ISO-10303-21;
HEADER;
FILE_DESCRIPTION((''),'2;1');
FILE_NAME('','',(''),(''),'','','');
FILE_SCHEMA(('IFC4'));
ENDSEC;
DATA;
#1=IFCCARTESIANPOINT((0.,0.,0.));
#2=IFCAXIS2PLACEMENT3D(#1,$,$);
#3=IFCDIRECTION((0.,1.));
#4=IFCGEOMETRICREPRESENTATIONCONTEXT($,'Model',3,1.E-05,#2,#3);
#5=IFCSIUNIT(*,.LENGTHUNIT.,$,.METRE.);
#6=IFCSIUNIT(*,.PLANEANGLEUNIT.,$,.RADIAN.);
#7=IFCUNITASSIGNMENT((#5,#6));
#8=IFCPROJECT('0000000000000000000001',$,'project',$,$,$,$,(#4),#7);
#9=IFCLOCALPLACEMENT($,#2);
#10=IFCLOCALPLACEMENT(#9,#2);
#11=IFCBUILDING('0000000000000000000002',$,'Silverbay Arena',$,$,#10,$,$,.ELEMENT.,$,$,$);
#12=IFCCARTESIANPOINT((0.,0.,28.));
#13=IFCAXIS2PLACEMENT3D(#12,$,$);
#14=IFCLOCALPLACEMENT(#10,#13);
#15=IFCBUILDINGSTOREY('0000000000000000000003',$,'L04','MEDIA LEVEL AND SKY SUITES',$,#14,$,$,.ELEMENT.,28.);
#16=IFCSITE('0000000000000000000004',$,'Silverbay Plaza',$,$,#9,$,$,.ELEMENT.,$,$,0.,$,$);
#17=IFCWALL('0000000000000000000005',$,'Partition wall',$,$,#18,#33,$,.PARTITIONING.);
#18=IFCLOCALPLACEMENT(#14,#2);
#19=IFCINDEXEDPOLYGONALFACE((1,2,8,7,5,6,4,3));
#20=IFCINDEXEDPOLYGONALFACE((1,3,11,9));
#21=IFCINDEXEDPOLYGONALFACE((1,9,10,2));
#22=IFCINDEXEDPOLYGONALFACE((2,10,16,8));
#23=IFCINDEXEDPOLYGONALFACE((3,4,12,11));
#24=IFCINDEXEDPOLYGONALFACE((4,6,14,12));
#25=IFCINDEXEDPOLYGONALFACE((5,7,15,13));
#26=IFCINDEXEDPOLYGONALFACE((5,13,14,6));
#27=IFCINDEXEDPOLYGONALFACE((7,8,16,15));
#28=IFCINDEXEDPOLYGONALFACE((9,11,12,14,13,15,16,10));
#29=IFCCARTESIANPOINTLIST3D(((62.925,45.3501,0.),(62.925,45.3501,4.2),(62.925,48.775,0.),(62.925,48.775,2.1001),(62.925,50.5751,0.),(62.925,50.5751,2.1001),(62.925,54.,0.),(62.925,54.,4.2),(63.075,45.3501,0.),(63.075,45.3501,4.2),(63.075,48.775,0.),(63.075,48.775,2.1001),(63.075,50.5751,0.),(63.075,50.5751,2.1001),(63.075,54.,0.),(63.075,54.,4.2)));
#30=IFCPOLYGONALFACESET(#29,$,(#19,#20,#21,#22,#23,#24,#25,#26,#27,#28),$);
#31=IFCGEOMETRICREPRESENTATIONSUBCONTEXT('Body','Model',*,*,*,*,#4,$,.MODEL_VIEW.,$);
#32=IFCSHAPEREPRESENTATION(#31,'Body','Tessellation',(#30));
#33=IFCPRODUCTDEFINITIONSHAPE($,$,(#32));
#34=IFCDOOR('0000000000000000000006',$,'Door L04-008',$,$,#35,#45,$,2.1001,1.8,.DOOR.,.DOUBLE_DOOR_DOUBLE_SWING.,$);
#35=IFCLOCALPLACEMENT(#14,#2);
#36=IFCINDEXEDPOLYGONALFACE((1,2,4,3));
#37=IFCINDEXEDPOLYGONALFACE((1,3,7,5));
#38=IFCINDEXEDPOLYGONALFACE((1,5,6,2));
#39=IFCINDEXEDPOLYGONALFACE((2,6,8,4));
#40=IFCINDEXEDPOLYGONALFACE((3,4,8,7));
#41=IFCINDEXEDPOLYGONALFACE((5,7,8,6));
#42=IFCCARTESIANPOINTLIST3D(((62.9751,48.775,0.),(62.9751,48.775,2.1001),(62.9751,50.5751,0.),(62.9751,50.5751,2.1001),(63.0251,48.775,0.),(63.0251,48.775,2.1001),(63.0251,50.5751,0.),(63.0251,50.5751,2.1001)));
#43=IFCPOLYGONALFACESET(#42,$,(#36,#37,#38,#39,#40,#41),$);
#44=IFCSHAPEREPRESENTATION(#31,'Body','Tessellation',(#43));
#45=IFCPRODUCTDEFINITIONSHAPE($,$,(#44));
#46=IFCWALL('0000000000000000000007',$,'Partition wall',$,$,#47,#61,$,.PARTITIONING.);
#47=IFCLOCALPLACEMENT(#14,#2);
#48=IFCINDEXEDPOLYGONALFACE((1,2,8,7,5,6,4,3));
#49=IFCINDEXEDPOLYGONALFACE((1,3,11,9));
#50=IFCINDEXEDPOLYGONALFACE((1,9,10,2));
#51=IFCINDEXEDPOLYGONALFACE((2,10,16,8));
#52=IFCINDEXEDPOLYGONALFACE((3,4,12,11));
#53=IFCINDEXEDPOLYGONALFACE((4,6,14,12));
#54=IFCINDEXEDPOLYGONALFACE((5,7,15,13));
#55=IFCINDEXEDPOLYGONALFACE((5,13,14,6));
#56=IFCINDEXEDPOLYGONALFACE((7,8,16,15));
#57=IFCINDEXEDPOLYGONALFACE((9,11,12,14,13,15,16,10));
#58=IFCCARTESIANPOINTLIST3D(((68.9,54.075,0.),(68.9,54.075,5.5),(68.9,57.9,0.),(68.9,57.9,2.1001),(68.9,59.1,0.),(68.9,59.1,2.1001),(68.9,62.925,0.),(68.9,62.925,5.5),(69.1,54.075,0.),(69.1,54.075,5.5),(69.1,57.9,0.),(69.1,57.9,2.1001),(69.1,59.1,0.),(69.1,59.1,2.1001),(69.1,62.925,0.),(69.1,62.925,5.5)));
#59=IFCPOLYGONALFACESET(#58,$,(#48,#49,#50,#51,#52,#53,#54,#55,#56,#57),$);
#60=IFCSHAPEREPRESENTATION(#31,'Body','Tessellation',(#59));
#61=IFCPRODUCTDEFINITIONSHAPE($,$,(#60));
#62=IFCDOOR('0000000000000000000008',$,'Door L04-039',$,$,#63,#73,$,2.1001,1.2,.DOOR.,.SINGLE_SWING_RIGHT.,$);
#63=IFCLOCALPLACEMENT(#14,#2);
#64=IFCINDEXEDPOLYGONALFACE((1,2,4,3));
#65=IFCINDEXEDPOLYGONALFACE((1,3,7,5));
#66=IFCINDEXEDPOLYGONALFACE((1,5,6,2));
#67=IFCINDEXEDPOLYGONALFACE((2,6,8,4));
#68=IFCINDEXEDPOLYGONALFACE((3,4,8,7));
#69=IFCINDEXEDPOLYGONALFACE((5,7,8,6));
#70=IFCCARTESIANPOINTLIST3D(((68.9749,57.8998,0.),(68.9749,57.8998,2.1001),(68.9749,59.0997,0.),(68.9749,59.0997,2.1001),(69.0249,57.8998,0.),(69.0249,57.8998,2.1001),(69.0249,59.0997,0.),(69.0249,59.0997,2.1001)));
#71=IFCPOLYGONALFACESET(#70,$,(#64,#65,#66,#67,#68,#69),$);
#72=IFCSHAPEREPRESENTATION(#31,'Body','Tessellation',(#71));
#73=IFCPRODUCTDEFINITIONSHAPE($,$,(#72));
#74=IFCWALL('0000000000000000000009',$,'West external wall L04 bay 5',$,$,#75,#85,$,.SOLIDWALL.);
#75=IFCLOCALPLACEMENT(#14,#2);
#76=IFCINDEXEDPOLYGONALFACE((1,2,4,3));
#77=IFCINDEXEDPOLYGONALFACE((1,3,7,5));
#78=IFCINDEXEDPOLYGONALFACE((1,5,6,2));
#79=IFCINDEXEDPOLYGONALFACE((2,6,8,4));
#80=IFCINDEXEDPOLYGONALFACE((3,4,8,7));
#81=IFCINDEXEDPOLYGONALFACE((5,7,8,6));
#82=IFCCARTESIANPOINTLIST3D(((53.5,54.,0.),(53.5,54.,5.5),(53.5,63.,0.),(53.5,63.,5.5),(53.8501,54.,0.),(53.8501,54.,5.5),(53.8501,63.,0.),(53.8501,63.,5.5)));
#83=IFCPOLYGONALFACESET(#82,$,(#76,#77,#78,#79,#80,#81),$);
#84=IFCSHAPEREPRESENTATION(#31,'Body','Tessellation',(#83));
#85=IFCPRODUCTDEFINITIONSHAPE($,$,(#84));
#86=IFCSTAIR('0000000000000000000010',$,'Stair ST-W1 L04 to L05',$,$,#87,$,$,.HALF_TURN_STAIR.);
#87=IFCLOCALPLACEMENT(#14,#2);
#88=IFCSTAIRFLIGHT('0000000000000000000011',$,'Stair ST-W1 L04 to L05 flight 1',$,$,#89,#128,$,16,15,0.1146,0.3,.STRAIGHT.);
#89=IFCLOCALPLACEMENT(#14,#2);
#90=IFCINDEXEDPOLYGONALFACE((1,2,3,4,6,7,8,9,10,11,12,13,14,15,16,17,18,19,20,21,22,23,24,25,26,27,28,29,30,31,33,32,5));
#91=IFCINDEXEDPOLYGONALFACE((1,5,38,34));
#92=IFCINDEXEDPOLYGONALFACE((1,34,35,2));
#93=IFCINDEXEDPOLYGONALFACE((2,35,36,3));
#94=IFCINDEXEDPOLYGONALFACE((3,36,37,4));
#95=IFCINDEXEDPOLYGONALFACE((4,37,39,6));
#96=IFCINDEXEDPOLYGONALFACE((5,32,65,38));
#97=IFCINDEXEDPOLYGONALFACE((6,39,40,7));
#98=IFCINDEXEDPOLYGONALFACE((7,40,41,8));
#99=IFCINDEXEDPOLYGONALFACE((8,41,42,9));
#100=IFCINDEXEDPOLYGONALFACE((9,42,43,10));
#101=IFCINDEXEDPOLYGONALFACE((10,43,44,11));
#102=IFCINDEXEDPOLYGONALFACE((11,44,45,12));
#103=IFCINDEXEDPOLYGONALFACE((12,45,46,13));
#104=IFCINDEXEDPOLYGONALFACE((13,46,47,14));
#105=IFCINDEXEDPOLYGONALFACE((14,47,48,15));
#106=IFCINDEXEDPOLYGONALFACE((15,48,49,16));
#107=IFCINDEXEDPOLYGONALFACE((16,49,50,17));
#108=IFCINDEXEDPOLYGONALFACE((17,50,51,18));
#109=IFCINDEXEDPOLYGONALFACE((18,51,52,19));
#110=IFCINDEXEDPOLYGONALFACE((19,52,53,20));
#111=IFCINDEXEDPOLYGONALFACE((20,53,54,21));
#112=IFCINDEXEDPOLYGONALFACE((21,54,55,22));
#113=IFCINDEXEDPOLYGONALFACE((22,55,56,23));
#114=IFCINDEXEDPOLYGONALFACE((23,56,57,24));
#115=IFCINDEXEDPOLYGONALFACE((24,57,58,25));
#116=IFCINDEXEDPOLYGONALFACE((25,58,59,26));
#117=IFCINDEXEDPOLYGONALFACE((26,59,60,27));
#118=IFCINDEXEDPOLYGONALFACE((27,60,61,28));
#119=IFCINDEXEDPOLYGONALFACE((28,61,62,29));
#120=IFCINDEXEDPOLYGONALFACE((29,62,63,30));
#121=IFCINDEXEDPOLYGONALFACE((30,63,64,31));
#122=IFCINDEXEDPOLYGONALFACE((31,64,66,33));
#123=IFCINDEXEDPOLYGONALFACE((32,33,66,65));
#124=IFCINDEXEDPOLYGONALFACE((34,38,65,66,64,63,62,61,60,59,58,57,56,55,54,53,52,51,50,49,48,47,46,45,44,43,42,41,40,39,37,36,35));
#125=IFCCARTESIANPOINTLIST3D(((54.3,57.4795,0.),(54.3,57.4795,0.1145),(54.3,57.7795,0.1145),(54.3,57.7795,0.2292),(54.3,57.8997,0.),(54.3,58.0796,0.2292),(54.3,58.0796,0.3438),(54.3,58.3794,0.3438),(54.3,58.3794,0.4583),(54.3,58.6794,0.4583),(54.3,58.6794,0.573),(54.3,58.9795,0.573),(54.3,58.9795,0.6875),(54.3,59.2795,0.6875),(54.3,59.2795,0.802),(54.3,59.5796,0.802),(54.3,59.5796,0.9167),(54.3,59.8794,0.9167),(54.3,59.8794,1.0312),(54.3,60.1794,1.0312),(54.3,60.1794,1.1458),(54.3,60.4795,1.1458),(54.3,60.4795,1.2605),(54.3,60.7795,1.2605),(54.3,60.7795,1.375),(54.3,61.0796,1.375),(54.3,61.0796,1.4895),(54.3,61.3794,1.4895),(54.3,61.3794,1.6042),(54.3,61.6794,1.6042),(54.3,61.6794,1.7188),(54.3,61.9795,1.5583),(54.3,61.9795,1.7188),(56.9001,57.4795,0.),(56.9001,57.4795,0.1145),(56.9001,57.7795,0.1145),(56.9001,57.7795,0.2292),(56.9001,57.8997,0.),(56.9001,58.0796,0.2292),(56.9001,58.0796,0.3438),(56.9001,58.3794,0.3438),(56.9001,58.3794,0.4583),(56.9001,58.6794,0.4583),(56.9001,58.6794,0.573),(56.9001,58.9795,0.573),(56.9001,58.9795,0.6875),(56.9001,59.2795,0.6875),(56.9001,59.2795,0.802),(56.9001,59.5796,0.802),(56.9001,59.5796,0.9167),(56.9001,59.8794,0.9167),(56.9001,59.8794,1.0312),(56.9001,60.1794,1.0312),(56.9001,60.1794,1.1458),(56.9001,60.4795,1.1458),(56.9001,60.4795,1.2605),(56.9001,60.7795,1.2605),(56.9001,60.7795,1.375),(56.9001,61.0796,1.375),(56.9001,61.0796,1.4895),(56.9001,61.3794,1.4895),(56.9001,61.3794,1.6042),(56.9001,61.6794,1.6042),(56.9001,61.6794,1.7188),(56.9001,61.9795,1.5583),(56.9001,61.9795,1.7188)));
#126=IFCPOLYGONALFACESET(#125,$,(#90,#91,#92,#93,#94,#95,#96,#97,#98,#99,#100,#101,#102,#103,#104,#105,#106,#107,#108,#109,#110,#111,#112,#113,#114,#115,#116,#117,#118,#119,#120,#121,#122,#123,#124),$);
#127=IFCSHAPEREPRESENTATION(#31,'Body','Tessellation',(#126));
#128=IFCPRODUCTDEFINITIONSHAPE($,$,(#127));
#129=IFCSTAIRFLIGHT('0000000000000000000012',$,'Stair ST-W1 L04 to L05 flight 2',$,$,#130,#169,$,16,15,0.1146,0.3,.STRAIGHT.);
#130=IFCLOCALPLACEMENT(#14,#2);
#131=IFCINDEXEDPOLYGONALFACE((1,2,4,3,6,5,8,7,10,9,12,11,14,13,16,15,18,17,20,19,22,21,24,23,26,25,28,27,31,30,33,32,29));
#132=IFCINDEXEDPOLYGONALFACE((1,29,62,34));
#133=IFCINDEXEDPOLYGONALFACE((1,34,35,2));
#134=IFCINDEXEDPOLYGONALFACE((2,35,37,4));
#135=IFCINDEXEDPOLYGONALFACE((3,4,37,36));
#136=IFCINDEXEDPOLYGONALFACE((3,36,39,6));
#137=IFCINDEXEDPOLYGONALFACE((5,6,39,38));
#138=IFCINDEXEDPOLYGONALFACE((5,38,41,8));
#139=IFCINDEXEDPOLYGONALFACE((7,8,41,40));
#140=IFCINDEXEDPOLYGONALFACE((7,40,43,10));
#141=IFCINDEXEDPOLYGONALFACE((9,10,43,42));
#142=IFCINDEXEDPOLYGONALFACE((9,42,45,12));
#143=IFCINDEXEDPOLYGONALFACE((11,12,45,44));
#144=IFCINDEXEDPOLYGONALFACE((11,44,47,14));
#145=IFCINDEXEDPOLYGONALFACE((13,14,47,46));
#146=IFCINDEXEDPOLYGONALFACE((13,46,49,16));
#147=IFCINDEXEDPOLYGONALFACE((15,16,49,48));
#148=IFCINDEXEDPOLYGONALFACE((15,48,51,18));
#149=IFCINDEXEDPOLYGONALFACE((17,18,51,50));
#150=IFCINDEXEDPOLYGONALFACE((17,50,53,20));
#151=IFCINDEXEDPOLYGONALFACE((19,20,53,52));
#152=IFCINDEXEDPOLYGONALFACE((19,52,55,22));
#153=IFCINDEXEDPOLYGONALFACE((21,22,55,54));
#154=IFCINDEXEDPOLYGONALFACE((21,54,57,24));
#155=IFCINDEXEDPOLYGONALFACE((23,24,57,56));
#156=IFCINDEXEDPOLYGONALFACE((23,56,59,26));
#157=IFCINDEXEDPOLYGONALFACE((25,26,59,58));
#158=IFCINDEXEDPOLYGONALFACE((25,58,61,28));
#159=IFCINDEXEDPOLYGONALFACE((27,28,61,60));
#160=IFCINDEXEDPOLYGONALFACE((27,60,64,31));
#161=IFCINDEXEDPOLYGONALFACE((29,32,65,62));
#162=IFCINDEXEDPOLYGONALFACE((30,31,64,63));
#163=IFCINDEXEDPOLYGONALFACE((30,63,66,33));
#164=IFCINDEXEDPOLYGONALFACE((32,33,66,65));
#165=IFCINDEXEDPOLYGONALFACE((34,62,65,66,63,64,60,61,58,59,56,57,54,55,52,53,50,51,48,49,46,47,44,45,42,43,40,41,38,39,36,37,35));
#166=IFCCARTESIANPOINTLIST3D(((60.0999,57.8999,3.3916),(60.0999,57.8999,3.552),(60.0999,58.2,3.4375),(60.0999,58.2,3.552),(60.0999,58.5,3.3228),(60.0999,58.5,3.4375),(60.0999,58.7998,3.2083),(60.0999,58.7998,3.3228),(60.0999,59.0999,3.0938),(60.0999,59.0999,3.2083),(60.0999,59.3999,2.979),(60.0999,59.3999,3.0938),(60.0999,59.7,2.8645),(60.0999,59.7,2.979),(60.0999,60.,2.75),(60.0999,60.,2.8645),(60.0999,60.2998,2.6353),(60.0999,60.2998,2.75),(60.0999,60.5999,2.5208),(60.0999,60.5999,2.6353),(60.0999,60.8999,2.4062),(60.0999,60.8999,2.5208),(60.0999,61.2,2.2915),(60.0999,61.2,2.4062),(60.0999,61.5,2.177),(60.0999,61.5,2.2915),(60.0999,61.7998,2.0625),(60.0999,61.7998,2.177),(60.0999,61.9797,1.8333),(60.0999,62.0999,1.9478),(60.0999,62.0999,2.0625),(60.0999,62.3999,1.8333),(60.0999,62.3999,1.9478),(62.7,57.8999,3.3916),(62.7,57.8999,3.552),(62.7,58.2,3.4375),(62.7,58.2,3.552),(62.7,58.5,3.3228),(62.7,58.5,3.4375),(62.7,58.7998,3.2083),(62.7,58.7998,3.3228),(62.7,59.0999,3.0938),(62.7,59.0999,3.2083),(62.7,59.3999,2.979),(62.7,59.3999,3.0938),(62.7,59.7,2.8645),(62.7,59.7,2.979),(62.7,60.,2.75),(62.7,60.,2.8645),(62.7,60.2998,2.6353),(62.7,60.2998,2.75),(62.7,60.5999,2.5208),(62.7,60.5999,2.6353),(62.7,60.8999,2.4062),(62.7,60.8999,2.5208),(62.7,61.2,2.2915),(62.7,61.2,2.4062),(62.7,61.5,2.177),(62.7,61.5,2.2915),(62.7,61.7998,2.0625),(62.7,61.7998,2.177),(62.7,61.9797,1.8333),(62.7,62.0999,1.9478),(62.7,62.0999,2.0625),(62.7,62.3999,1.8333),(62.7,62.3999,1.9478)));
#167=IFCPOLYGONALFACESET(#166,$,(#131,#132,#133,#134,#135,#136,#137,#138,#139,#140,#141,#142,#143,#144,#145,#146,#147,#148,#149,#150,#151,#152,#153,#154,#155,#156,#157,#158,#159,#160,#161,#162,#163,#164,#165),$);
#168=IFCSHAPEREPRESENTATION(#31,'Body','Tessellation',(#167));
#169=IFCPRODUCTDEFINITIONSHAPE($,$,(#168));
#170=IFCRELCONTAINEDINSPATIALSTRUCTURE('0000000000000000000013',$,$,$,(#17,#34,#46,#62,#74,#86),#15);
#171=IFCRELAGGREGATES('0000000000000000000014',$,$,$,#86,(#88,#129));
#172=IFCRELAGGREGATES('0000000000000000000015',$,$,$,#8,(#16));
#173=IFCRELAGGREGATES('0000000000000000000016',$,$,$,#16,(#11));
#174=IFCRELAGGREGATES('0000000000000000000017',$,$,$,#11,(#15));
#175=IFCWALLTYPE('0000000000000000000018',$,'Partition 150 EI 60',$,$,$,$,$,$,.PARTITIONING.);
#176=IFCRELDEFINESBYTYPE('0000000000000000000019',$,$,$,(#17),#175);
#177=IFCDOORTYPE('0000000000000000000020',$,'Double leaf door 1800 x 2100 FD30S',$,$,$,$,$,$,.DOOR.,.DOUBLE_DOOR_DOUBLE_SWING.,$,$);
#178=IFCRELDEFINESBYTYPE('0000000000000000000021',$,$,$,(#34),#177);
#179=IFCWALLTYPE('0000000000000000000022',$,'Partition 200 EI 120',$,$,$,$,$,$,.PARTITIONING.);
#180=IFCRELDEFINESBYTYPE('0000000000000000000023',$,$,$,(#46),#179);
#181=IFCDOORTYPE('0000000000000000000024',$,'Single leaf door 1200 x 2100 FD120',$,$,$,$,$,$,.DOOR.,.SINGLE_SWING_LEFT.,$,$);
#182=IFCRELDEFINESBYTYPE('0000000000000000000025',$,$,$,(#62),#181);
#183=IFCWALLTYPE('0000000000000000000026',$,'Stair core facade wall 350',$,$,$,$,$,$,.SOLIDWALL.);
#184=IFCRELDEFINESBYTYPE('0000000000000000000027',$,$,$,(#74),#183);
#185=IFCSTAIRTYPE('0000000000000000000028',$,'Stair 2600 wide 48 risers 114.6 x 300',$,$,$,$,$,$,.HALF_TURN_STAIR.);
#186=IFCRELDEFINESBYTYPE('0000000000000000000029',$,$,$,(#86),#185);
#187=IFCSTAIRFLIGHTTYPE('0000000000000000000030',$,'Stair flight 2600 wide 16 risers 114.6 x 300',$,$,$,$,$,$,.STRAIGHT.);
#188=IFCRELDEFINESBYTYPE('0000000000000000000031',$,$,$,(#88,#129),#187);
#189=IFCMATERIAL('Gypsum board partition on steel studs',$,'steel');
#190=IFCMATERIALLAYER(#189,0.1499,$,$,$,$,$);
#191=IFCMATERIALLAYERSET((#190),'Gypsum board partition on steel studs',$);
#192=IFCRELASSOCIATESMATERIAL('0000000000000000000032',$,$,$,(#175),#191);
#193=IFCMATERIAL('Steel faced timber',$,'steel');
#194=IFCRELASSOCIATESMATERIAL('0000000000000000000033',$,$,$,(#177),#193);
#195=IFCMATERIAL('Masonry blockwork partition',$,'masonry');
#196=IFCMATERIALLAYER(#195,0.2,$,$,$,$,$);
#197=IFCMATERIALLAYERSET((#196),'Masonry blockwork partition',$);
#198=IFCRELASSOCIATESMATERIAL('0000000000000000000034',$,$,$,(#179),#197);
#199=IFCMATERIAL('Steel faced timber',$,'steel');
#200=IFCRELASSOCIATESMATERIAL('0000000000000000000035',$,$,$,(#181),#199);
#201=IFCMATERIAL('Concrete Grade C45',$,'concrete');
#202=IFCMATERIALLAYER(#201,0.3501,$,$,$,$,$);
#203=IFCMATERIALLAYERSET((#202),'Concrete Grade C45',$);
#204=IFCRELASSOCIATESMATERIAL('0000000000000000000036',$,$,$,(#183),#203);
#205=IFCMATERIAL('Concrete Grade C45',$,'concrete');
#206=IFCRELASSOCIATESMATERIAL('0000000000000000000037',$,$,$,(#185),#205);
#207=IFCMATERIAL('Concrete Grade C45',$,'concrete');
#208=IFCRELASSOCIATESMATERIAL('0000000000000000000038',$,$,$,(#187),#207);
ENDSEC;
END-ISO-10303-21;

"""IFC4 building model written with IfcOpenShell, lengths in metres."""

from ifc_helpers import new_model, si_unit, direction, frame, frame_2d, origin, place, context, subcontext, project, spatial, polyline, rectangle, outline, extrude, material, layer, layer_set, type_object, element, fill, aggregate, save


model = new_model("IFC4")

# Units and contexts
model_context = context("Model", 3, precision=1e-05, world=origin(), true_north=direction((0.0, 1.0)))
body_context = subcontext(model_context, "Body", "Model", "MODEL_VIEW")
ifc_project = project(units=[si_unit("LENGTHUNIT", "METRE"), si_unit("PLANEANGLEUNIT", "RADIAN")], contexts=[model_context])

# Site, building, storey
site_placement = place(None, origin())
site = spatial("IfcSite", under=ifc_project, at=site_placement, Name="Silverbay Plaza", CompositionType="ELEMENT", RefElevation=0.0)
building_placement = place(site_placement, origin())
building = spatial("IfcBuilding", under=site, at=building_placement, Name="Silverbay Arena", CompositionType="ELEMENT")
storey_placement = place(building_placement, frame((0.0, 0.0, 28.0)))
storey = spatial("IfcBuildingStorey", under=building, at=storey_placement, Name="L04", Description="MEDIA LEVEL AND SKY SUITES", CompositionType="ELEMENT", Elevation=28.0)

# Shared definitions
ifc_material_1 = material(Name="Gypsum board partition on steel studs", Category="steel")
ifc_layer_1 = layer(ifc_material_1, 0.1499)
ifc_layer_set_1 = layer_set([ifc_layer_1], Name="Gypsum board partition on steel studs")
wall_type_1 = type_object("IfcWallType", Name="Partition 150 EI 60", PredefinedType="PARTITIONING", material=ifc_layer_set_1)

# Walls, openings, doors
wall_1_placement = place(storey_placement, frame((63.0, 45.3501, 0.0), z_axis=(0.0, 0.0, 1.0), x_axis=(0.0, 1.0, 0.0)))
wall_1 = element("IfcWall", 1, at=wall_1_placement, inside=storey, type_object=wall_type_1, Name="Partition wall", PredefinedType="PARTITIONING", context=body_context, shape_type="SweptSolid", body=[
    extrude(rectangle(XDim=8.6499, YDim=0.1499, at=frame_2d((4.325, 0.0))), origin(), (0.0, 0.0, 1.0), 4.2),
])
opening_1_placement = place(wall_1_placement, frame((3.425, 0.0, 0.0)))
opening_1 = element("IfcOpeningElement", 2, at=opening_1_placement, cuts=wall_1, PredefinedType="OPENING", context=body_context, shape_type="SweptSolid", body=[
    extrude(rectangle(XDim=1.8, YDim=2.1001, at=frame_2d((0.8999, 1.05))), frame((0.0, 0.085, 0.0), z_axis=(0.0, -1.0, 0.0), x_axis=(1.0, 0.0, 0.0)), (0.0, 0.0, 1.0), 0.1699),
])
ifc_material_2 = material(Name="Steel faced timber", Category="steel")
door_type_1 = type_object("IfcDoorType", Name="Double leaf door 1800 x 2100 FD30S", OperationType="DOUBLE_DOOR_DOUBLE_SWING", PredefinedType="DOOR", material=ifc_material_2)
door_1_placement = place(opening_1_placement, origin())
door_1 = element("IfcDoor", 3, at=door_1_placement, inside=storey, type_object=door_type_1, Name="Door L04-008", OperationType="DOUBLE_DOOR_DOUBLE_SWING", OverallHeight=2.1001, OverallWidth=1.8, PredefinedType="DOOR", context=body_context, shape_type="SweptSolid", body=[
    extrude(rectangle(XDim=1.8, YDim=2.1001, at=frame_2d((0.8999, 1.05))), frame((0.0, 0.0249, 0.0), z_axis=(0.0, -1.0, 0.0), x_axis=(1.0, 0.0, 0.0)), (0.0, 0.0, 1.0), 0.05),
])
fill(opening_1, door_1)
ifc_material_3 = material(Name="Masonry blockwork partition", Category="masonry")
ifc_layer_2 = layer(ifc_material_3, 0.2)
ifc_layer_set_2 = layer_set([ifc_layer_2], Name="Masonry blockwork partition")
wall_type_2 = type_object("IfcWallType", Name="Partition 200 EI 120", PredefinedType="PARTITIONING", material=ifc_layer_set_2)
wall_2_placement = place(storey_placement, frame((69.0, 54.075, 0.0), z_axis=(0.0, 0.0, 1.0), x_axis=(0.0, 1.0, 0.0)))
wall_2 = element("IfcWall", 4, at=wall_2_placement, inside=storey, type_object=wall_type_2, Name="Partition wall", PredefinedType="PARTITIONING", context=body_context, shape_type="SweptSolid", body=[
    extrude(rectangle(XDim=8.8501, YDim=0.2, at=frame_2d((4.425, 0.0))), origin(), (0.0, 0.0, 1.0), 5.5),
])
opening_2_placement = place(wall_2_placement, frame((3.825, 0.0, 0.0)))
opening_2 = element("IfcOpeningElement", 5, at=opening_2_placement, cuts=wall_2, PredefinedType="OPENING", context=body_context, shape_type="SweptSolid", body=[
    extrude(rectangle(XDim=1.2, YDim=2.1001, at=frame_2d((0.6001, 1.05))), frame((0.0, 0.1099, 0.0), z_axis=(0.0, -1.0, 0.0), x_axis=(1.0, 0.0, 0.0)), (0.0, 0.0, 1.0), 0.22),
])
ifc_material_4 = material(Name="Steel faced timber", Category="steel")
door_type_2 = type_object("IfcDoorType", Name="Single leaf door 1200 x 2100 FD120", OperationType="SINGLE_SWING_LEFT", PredefinedType="DOOR", material=ifc_material_4)
door_2_placement = place(opening_2_placement, frame((1.2, 0.0, 0.0), z_axis=(0.0, 0.0, 1.0), x_axis=(-1.0, 0.0, 0.0)))
door_2 = element("IfcDoor", 6, at=door_2_placement, inside=storey, type_object=door_type_2, Name="Door L04-039", OperationType="SINGLE_SWING_RIGHT", OverallHeight=2.1001, OverallWidth=1.2, PredefinedType="DOOR", context=body_context, shape_type="SweptSolid", body=[
    extrude(rectangle(XDim=1.2, YDim=2.1001, at=frame_2d((0.6001, 1.05))), frame((0.0, 0.0249, 0.0), z_axis=(0.0, -1.0, 0.0), x_axis=(1.0, 0.0, 0.0)), (0.0, 0.0, 1.0), 0.05),
])
fill(opening_2, door_2)

# Wall
ifc_material_5 = material(Name="Concrete Grade C45", Category="concrete")
ifc_layer_3 = layer(ifc_material_5, 0.3501)
ifc_layer_set_3 = layer_set([ifc_layer_3], Name="Concrete Grade C45")
wall_type_3 = type_object("IfcWallType", Name="Stair core facade wall 350", PredefinedType="SOLIDWALL", material=ifc_layer_set_3)
wall_3_placement = place(storey_placement, frame((53.675, 63.0, 0.0), z_axis=(0.0, 0.0, 1.0), x_axis=(0.0, -1.0, 0.0)))
element("IfcWall", 7, at=wall_3_placement, inside=storey, type_object=wall_type_3, Name="West external wall L04 bay 5", PredefinedType="SOLIDWALL", context=body_context, shape_type="SweptSolid", body=[
    extrude(rectangle(XDim=9.0, YDim=0.3501, at=frame_2d((4.5, 0.0))), origin(), (0.0, 0.0, 1.0), 5.5),
])

# Stair, stair flights
ifc_material_6 = material(Name="Concrete Grade C45", Category="concrete")
stair_type = type_object("IfcStairType", Name="Stair 2600 wide 48 risers 114.6 x 300", PredefinedType="HALF_TURN_STAIR", material=ifc_material_6)
stair_placement = place(storey_placement, origin())
stair = element("IfcStair", 8, at=stair_placement, inside=storey, type_object=stair_type, Name="Stair ST-W1 L04 to L05", PredefinedType="HALF_TURN_STAIR")
ifc_material_7 = material(Name="Concrete Grade C45", Category="concrete")
stair_flight_type = type_object("IfcStairFlightType", Name="Stair flight 2600 wide 16 risers 114.6 x 300", PredefinedType="STRAIGHT", material=ifc_material_7)
stair_flight_1_placement = place(storey_placement, frame((55.6001, 57.4795, 0.0), z_axis=(0.0, 0.0, 1.0), x_axis=(0.0, 1.0, 0.0)))
stair_flight_1 = element("IfcStairFlight", 9, at=stair_flight_1_placement, type_object=stair_flight_type, Name="Stair ST-W1 L04 to L05 flight 1", NumberOfRisers=16, NumberOfTreads=15, PredefinedType="STRAIGHT", RiserHeight=0.1146, TreadLength=0.3, context=body_context, shape_type="SweptSolid", body=[
    extrude(outline(polyline([(0.0, 0.0), (0.0, 0.1145), (0.3, 0.1145), (0.3, 0.2292), (0.6001, 0.2292), (0.6001, 0.3438), (0.8999, 0.3438), (0.8999, 0.4583), (1.2, 0.4583), (1.2, 0.573), (1.5, 0.573), (1.5, 0.6875), (1.8, 0.6875), (1.8, 0.802), (2.1001, 0.802), (2.1001, 0.9167), (2.3999, 0.9167), (2.3999, 1.0312), (2.7, 1.0312), (2.7, 1.1458), (3.0, 1.1458), (3.0, 1.2605), (3.3, 1.2605), (3.3, 1.375), (3.6001, 1.375), (3.6001, 1.4895), (3.8999, 1.4895), (3.8999, 1.6042), (4.2, 1.6042), (4.2, 1.7188), (4.5, 1.7188), (4.5, 1.5583), (0.4202, 0.0), (0.0, 0.0)])), frame((0.0, 1.3, 0.0), z_axis=(0.0, -1.0, 0.0), x_axis=(1.0, 0.0, 0.0)), (0.0, 0.0, 1.0), 2.6001),
])
stair_flight_2_placement = place(storey_placement, frame((61.3999, 62.3999, 1.8333), z_axis=(0.0, 0.0, 1.0), x_axis=(0.0, -1.0, 0.0)))
stair_flight_2 = element("IfcStairFlight", 10, at=stair_flight_2_placement, type_object=stair_flight_type, Name="Stair ST-W1 L04 to L05 flight 2", NumberOfRisers=16, NumberOfTreads=15, PredefinedType="STRAIGHT", RiserHeight=0.1146, TreadLength=0.3, context=body_context, shape_type="SweptSolid", body=[
    extrude(outline(polyline([(0.0, 0.0), (0.0, 0.1145), (0.3, 0.1145), (0.3, 0.2292), (0.6001, 0.2292), (0.6001, 0.3438), (0.8999, 0.3438), (0.8999, 0.4583), (1.2, 0.4583), (1.2, 0.573), (1.5, 0.573), (1.5, 0.6875), (1.8, 0.6875), (1.8, 0.802), (2.1001, 0.802), (2.1001, 0.9167), (2.3999, 0.9167), (2.3999, 1.0312), (2.7, 1.0312), (2.7, 1.1458), (3.0, 1.1458), (3.0, 1.2605), (3.3, 1.2605), (3.3, 1.375), (3.6001, 1.375), (3.6001, 1.4895), (3.8999, 1.4895), (3.8999, 1.6042), (4.2, 1.6042), (4.2, 1.7188), (4.5, 1.7188), (4.5, 1.5583), (0.4202, 0.0), (0.0, 0.0)])), frame((0.0, 1.3, 0.0), z_axis=(0.0, -1.0, 0.0), x_axis=(1.0, 0.0, 0.0)), (0.0, 0.0, 1.0), 2.6001),
])
aggregate(stair, [stair_flight_1, stair_flight_2])

save(model, "model.ifc")
